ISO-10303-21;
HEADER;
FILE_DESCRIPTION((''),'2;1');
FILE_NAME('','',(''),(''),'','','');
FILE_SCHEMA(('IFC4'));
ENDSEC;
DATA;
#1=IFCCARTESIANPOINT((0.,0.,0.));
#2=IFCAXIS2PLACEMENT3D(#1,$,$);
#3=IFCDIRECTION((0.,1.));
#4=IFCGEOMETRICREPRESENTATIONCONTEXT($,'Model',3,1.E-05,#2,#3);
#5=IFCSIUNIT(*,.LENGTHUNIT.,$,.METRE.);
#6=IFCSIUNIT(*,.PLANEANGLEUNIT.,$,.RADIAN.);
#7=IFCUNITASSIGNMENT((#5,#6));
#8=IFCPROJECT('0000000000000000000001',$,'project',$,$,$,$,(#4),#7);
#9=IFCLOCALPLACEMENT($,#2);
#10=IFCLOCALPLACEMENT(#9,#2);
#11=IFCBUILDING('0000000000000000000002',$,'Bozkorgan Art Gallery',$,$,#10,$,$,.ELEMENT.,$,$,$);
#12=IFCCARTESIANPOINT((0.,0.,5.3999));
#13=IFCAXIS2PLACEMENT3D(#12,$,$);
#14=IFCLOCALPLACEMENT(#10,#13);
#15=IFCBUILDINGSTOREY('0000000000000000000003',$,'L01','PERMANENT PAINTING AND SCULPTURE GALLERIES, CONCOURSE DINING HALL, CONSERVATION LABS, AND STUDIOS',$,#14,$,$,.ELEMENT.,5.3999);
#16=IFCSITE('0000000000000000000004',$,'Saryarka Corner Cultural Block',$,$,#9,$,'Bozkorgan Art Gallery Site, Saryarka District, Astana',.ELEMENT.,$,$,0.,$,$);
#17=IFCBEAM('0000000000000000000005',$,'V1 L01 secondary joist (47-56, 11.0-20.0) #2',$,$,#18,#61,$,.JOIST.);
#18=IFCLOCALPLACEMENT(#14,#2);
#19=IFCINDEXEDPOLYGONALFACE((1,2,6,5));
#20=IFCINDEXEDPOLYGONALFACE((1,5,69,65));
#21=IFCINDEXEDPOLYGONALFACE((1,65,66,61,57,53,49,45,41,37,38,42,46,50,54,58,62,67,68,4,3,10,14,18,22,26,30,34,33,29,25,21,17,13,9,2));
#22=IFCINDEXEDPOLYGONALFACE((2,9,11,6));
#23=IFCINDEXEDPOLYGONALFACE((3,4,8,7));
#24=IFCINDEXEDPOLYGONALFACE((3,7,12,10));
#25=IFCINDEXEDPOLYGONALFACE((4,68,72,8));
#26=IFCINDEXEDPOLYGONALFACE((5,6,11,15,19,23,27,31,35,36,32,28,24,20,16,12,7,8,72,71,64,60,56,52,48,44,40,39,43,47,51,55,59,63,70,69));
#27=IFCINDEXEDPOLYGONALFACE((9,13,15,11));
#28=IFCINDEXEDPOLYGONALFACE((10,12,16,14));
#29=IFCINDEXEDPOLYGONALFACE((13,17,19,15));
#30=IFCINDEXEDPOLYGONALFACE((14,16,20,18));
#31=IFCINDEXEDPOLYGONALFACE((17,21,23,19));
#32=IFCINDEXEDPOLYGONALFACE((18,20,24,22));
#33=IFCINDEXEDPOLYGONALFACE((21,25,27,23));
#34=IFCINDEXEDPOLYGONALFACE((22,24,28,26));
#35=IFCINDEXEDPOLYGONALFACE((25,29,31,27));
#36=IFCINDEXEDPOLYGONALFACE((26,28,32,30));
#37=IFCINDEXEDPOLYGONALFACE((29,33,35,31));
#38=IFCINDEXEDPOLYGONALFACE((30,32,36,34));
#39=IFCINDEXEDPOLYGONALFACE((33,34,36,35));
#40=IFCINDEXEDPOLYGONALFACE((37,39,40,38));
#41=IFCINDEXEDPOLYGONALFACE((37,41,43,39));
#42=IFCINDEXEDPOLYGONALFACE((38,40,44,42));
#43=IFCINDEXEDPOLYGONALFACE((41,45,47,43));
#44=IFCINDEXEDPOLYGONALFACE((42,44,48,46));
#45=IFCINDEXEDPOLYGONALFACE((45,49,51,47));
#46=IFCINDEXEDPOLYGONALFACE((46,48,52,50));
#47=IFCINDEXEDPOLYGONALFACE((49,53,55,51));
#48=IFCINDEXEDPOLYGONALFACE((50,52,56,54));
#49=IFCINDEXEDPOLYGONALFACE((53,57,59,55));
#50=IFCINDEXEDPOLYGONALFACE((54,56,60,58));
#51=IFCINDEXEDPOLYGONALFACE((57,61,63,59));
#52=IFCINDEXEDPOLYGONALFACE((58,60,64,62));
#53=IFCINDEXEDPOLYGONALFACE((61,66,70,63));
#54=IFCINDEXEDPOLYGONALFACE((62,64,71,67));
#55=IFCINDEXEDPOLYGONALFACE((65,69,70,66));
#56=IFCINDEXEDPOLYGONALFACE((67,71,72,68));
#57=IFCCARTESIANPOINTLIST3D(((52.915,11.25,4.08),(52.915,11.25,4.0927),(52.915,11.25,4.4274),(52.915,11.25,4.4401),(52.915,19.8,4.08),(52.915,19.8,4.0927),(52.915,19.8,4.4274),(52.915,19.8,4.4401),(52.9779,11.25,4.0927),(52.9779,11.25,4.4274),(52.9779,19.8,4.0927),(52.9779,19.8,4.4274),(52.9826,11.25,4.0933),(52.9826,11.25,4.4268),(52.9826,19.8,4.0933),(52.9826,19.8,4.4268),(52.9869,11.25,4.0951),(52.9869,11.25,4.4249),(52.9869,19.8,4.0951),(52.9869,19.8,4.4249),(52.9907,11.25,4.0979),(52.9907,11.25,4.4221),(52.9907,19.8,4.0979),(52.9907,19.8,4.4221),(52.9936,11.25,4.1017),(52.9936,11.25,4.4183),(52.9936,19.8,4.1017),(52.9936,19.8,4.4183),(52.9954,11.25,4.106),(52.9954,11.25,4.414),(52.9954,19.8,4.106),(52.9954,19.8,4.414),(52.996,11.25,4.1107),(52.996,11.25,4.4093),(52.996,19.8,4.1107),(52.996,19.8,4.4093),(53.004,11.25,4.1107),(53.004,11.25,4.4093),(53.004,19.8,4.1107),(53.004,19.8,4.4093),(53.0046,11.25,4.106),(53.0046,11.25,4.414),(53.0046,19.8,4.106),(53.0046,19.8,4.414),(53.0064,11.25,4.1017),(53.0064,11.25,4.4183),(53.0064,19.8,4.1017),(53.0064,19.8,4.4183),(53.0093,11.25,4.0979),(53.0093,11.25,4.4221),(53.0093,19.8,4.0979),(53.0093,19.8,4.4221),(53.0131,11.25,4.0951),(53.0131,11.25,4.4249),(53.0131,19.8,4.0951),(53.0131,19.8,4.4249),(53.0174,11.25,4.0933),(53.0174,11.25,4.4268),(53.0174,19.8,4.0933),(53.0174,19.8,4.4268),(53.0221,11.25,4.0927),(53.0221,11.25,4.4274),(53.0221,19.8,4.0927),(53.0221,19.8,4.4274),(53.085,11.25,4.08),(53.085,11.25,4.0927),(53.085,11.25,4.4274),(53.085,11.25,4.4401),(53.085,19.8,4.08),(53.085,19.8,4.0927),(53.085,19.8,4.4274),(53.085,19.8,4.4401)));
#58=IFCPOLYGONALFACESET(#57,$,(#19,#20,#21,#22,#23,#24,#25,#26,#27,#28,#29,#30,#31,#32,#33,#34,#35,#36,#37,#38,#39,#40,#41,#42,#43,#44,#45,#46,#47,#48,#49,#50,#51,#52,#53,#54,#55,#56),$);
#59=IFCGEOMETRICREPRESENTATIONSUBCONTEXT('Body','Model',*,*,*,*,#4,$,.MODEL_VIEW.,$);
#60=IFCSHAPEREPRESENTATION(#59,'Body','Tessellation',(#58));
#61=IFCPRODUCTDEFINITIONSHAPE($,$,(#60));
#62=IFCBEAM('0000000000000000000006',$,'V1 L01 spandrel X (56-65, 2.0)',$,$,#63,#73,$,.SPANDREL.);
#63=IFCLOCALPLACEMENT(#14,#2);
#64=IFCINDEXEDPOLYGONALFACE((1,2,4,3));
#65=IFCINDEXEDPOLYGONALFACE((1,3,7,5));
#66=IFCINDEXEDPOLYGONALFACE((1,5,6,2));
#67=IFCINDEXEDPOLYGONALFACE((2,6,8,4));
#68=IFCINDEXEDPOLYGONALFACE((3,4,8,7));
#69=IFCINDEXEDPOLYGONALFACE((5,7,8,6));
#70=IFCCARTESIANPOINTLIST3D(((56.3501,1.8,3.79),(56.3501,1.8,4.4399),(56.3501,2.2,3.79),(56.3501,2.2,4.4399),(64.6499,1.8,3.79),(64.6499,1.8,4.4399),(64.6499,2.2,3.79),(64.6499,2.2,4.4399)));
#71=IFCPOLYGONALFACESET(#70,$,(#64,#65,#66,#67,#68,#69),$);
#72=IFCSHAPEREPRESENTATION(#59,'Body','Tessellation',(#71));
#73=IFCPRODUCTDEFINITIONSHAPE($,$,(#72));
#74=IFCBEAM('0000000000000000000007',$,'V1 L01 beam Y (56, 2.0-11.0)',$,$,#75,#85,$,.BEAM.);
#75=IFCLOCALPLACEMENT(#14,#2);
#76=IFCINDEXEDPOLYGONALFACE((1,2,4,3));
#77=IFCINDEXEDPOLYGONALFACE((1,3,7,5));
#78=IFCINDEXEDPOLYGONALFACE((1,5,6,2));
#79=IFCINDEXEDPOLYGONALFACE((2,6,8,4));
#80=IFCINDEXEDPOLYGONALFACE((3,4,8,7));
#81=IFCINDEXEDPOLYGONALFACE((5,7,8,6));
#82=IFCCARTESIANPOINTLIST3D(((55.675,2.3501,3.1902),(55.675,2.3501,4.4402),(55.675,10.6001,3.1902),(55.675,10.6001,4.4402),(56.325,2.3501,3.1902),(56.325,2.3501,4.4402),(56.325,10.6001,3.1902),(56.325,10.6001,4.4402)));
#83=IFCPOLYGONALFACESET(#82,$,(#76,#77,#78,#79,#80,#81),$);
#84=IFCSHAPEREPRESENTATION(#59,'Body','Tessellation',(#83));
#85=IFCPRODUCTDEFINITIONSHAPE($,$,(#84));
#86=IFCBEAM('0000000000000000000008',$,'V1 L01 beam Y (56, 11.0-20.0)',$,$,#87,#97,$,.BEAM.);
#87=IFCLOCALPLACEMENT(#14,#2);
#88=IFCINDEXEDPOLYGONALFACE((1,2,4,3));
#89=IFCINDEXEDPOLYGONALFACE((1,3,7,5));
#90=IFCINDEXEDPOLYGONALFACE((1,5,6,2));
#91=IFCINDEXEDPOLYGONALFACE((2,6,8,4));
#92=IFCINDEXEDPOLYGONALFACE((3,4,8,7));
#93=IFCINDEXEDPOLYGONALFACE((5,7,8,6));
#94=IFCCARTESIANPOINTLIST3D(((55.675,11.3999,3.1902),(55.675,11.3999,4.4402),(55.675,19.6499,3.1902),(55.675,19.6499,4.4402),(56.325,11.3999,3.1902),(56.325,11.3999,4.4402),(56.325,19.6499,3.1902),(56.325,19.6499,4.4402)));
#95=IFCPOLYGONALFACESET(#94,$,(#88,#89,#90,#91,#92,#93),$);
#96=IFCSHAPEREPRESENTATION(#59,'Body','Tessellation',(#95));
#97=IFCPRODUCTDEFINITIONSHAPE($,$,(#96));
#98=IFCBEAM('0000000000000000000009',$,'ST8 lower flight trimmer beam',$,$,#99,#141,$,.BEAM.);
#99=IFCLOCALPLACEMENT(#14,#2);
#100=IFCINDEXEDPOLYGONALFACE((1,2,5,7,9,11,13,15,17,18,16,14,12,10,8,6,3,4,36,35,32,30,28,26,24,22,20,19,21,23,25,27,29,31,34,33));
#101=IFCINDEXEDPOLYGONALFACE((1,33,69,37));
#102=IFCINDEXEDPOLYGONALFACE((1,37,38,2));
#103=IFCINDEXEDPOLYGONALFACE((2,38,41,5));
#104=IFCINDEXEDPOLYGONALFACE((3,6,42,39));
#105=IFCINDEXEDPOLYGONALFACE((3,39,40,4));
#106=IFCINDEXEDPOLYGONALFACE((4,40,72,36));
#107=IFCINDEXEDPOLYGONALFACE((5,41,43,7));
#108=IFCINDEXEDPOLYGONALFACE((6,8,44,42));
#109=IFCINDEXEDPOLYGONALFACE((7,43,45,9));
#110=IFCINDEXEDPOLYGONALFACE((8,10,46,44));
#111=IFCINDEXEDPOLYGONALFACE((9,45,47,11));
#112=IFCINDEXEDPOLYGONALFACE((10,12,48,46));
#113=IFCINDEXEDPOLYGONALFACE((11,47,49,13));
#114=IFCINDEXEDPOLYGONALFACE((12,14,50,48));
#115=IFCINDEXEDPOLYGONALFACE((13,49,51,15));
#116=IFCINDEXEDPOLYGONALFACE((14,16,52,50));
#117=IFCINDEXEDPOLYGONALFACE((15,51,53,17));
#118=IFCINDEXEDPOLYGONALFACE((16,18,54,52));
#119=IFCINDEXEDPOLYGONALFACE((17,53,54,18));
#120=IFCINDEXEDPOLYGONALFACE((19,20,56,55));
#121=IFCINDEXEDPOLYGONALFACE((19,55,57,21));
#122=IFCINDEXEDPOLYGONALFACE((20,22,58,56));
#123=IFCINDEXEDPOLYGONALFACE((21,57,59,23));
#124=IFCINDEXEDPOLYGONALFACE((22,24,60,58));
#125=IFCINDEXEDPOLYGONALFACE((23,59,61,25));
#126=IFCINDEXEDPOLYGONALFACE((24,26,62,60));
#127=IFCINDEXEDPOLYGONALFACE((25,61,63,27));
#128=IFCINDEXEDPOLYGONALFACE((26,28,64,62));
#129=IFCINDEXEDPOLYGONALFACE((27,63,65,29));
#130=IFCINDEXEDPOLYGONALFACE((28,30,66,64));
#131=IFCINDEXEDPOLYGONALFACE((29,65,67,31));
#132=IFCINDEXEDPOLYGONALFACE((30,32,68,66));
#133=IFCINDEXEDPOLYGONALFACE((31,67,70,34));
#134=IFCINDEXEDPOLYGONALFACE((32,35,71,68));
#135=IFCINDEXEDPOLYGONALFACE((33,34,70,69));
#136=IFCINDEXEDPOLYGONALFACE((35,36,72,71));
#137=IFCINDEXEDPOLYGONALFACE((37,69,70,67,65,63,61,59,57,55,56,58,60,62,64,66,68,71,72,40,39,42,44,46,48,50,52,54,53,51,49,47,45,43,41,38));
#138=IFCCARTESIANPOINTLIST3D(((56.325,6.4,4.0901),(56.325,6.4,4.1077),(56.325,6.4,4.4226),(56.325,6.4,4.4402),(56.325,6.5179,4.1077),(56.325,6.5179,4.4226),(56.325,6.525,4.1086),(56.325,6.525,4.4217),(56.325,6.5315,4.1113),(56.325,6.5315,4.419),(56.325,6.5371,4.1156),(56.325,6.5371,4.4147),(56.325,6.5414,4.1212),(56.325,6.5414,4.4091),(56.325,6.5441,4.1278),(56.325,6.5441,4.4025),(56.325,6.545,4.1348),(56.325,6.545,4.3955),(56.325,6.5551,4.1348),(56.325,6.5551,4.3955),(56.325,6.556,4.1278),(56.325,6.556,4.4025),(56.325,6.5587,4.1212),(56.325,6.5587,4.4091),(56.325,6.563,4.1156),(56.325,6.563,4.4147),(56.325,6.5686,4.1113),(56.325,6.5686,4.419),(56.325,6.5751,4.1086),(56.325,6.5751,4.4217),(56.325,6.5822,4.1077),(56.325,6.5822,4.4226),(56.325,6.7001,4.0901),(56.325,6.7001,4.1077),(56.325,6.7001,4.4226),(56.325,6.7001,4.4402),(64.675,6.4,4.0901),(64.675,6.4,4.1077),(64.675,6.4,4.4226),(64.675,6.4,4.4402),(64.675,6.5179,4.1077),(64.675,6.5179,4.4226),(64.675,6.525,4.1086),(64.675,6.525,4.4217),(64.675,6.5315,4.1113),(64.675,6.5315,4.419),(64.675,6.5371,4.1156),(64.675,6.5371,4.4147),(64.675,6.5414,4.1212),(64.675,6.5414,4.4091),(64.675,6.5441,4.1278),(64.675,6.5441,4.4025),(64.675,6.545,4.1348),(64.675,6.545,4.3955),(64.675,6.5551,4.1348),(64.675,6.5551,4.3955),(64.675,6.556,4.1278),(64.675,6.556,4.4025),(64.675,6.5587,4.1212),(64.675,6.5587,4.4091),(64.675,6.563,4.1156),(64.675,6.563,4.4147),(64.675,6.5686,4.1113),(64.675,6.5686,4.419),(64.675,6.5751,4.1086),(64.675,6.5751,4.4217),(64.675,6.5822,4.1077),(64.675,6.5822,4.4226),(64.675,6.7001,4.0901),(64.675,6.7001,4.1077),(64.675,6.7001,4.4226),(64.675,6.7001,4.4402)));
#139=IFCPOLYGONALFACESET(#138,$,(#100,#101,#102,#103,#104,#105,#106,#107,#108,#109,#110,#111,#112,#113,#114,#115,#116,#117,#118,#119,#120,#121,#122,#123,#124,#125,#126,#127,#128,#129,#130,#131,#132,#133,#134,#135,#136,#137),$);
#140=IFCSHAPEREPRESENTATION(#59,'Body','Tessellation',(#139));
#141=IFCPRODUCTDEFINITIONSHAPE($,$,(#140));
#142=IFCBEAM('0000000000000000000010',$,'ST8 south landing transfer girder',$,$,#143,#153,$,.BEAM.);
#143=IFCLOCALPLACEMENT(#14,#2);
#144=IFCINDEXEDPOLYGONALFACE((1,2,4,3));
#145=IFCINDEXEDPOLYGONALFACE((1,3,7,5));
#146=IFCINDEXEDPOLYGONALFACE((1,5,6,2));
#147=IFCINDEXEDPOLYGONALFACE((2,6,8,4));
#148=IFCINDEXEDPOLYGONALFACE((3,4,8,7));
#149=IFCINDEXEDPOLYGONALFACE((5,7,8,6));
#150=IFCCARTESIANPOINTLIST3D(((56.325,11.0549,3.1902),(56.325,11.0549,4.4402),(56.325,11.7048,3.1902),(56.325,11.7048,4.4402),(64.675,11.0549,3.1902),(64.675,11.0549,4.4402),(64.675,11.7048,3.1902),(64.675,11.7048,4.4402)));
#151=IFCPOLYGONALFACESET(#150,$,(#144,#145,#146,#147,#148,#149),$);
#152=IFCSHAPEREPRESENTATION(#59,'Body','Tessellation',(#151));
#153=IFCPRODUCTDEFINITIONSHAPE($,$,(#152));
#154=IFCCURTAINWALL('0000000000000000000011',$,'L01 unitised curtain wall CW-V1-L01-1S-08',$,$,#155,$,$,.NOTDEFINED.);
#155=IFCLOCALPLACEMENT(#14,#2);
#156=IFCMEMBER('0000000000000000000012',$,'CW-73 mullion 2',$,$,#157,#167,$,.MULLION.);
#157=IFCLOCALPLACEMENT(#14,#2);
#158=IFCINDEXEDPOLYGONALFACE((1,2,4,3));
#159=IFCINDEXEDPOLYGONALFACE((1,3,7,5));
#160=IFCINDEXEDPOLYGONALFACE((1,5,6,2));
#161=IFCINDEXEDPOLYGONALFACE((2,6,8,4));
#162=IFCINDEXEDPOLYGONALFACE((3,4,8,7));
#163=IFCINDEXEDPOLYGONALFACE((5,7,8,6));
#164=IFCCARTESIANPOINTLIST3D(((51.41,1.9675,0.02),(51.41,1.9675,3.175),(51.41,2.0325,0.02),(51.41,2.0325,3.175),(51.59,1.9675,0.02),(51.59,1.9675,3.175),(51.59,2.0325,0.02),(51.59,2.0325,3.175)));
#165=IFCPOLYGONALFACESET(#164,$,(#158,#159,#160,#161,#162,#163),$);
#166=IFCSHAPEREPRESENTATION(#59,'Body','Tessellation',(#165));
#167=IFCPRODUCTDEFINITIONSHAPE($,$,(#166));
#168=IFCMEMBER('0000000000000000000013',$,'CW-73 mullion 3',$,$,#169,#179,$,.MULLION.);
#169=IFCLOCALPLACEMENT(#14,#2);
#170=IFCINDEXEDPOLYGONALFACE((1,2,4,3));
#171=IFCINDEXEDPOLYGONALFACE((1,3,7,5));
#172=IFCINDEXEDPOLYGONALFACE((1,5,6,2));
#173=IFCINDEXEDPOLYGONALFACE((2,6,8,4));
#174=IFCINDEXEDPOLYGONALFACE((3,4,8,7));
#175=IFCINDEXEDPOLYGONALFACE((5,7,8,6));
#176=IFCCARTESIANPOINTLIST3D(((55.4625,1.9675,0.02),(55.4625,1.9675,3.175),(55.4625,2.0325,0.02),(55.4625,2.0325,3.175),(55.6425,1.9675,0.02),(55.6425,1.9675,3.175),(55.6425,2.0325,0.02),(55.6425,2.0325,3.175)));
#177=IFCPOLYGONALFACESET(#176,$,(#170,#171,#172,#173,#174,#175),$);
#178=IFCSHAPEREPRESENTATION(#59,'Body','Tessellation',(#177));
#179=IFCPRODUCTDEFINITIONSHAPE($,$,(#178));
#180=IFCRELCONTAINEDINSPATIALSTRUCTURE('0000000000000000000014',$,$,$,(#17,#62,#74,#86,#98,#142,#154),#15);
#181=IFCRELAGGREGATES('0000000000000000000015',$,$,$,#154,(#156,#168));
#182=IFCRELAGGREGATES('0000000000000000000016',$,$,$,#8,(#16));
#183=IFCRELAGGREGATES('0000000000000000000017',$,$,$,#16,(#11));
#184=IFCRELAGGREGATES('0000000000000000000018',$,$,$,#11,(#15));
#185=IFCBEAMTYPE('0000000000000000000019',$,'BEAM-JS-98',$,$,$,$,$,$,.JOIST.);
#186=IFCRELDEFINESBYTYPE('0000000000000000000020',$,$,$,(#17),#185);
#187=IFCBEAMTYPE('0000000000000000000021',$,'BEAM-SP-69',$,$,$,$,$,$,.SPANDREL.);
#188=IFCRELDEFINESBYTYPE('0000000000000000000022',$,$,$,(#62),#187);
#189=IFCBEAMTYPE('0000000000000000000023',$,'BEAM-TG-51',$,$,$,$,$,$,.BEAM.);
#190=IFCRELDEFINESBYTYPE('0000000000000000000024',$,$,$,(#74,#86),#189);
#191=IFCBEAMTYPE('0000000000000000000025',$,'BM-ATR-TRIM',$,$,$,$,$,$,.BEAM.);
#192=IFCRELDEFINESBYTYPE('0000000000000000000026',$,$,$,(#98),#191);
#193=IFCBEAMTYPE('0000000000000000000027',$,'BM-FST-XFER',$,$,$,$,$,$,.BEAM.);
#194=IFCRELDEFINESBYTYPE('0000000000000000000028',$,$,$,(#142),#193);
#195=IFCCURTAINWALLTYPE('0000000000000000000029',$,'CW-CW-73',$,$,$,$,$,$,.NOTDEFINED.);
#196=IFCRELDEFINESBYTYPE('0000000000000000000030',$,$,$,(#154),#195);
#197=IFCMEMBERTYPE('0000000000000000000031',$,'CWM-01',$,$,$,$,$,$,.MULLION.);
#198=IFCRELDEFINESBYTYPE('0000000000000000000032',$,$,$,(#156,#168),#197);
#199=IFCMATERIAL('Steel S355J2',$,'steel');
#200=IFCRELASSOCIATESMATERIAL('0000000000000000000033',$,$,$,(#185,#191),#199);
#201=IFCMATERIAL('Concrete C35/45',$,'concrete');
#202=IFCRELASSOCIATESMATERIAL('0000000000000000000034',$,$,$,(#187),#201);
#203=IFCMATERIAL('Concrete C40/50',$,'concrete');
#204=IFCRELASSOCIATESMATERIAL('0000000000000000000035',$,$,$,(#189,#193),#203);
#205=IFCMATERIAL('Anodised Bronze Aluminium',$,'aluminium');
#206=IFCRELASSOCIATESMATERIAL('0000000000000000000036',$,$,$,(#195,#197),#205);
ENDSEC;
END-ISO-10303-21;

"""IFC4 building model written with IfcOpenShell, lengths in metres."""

from ifc_helpers import new_model, si_unit, direction, frame, origin, origin_2d, place, context, subcontext, project, spatial, rectangle, i_section, extrude, material, material_profile, profile_set, type_object, element, aggregate, save


model = new_model("IFC4")

# Units and contexts
model_context = context("Model", 3, precision=1e-05, world=origin(), true_north=direction((0.0, 1.0)))
body_context = subcontext(model_context, "Body", "Model", "MODEL_VIEW")
ifc_project = project(units=[si_unit("LENGTHUNIT", "METRE"), si_unit("PLANEANGLEUNIT", "RADIAN")], contexts=[model_context])

# Site, building, storey
site_placement = place(None, origin())
site = spatial("IfcSite", under=ifc_project, at=site_placement, Name="Saryarka Corner Cultural Block", LongName="Bozkorgan Art Gallery Site, Saryarka District, Astana", CompositionType="ELEMENT", RefElevation=0.0)
building_placement = place(site_placement, origin())
building = spatial("IfcBuilding", under=site, at=building_placement, Name="Bozkorgan Art Gallery", CompositionType="ELEMENT")
storey_placement = place(building_placement, frame((0.0, 0.0, 5.3999)))
storey = spatial("IfcBuildingStorey", under=building, at=storey_placement, Name="L01", Description="PERMANENT PAINTING AND SCULPTURE GALLERIES, CONCOURSE DINING HALL, CONSERVATION LABS, AND STUDIOS", CompositionType="ELEMENT", Elevation=5.3999)

# Shared definitions
ifc_material_1 = material(Name="Concrete C40/50", Category="concrete")

# Beams
ifc_material_2 = material(Name="Steel S355J2", Category="steel")
ifc_material_profile_1 = material_profile(ifc_material_2, i_section(OverallWidth=0.1699, OverallDepth=0.3601, WebThickness=0.0081, FlangeThickness=0.0127, FilletRadius=0.0181, at=origin_2d()), Name="IPE 360")
ifc_profile_set_1 = profile_set([ifc_material_profile_1], Name="Steel S355J2")
beam_type_1 = type_object("IfcBeamType", Name="BEAM-JS-98", PredefinedType="JOIST", material=ifc_profile_set_1)
for number, where, z_axis, x_axis, name in (
    (1, (53.0, 11.25, 4.26), (0.0, 1.0, 0.0), (-1.0, 0.0, 0.0), "V1 L01 secondary joist (47-56, 11.0-20.0) #2"),
):
    element("IfcBeam", number, at=place(storey_placement, frame(where, z_axis=z_axis, x_axis=x_axis)), inside=storey, type_object=beam_type_1, Name=name, PredefinedType="JOIST", context=body_context, shape_type="SweptSolid", body=[
        extrude(i_section(OverallWidth=0.1699, OverallDepth=0.3601, WebThickness=0.0081, FlangeThickness=0.0127, FilletRadius=0.0181, at=origin_2d()), origin(), (0.0, 0.0, 1.0), 8.55),
    ])
ifc_material_3 = material(Name="Concrete C35/45", Category="concrete")
ifc_material_profile_2 = material_profile(ifc_material_3, rectangle(XDim=0.3999, YDim=0.6499, at=origin_2d()), Name="RC 400x650")
ifc_profile_set_2 = profile_set([ifc_material_profile_2], Name="Concrete C35/45")
beam_type_2 = type_object("IfcBeamType", Name="BEAM-SP-69", PredefinedType="SPANDREL", material=ifc_profile_set_2)
beam_1_placement = place(storey_placement, frame((56.3501, 2.0, 4.115), z_axis=(1.0, 0.0, 0.0), x_axis=(0.0, 1.0, 0.0)))
element("IfcBeam", 2, at=beam_1_placement, inside=storey, type_object=beam_type_2, Name="V1 L01 spandrel X (56-65, 2.0)", PredefinedType="SPANDREL", context=body_context, shape_type="SweptSolid", body=[
    extrude(rectangle(XDim=0.3999, YDim=0.6499, at=origin_2d()), origin(), (0.0, 0.0, 1.0), 8.2998),
])
ifc_material_profile_3 = material_profile(ifc_material_1, rectangle(XDim=0.6499, YDim=1.25, at=origin_2d()), Name="RC 650x1250")
ifc_profile_set_3 = profile_set([ifc_material_profile_3], Name="Concrete C40/50")
beam_type_3 = type_object("IfcBeamType", Name="BEAM-TG-51", PredefinedType="BEAM", material=ifc_profile_set_3)
for number, where, z_axis, x_axis, name in (
    (3, (56.0, 2.3501, 3.8152), (0.0, 1.0, 0.0), (-1.0, 0.0, 0.0), "V1 L01 beam Y (56, 2.0-11.0)"),
    (4, (56.0, 11.3999, 3.8152), (0.0, 1.0, 0.0), (-1.0, 0.0, 0.0), "V1 L01 beam Y (56, 11.0-20.0)"),
):
    element("IfcBeam", number, at=place(storey_placement, frame(where, z_axis=z_axis, x_axis=x_axis)), inside=storey, type_object=beam_type_3, Name=name, PredefinedType="BEAM", context=body_context, shape_type="SweptSolid", body=[
        extrude(rectangle(XDim=0.6499, YDim=1.25, at=origin_2d()), origin(), (0.0, 0.0, 1.0), 8.25),
    ])
ifc_material_profile_4 = material_profile(ifc_material_2, i_section(OverallWidth=0.3, OverallDepth=0.3501, WebThickness=0.01, FlangeThickness=0.0176, FilletRadius=0.0271, at=origin_2d()), Name="HEA 360")
ifc_profile_set_4 = profile_set([ifc_material_profile_4], Name="Steel S355J2")
beam_type_4 = type_object("IfcBeamType", Name="BM-ATR-TRIM", PredefinedType="BEAM", material=ifc_profile_set_4)
beam_2_placement = place(storey_placement, frame((56.325, 6.55, 4.2651), z_axis=(1.0, 0.0, 0.0), x_axis=(0.0, 1.0, 0.0)))
element("IfcBeam", 5, at=beam_2_placement, inside=storey, type_object=beam_type_4, Name="ST8 lower flight trimmer beam", PredefinedType="BEAM", context=body_context, shape_type="SweptSolid", body=[
    extrude(i_section(OverallWidth=0.3, OverallDepth=0.3501, WebThickness=0.01, FlangeThickness=0.0176, FilletRadius=0.0271, at=origin_2d()), origin(), (0.0, 0.0, 1.0), 8.3501),
])
ifc_material_profile_5 = material_profile(ifc_material_1, rectangle(XDim=0.6499, YDim=1.25, at=origin_2d()), Name="RC 650x1250")
ifc_profile_set_5 = profile_set([ifc_material_profile_5], Name="Concrete C40/50")
beam_type_5 = type_object("IfcBeamType", Name="BM-FST-XFER", PredefinedType="BEAM", material=ifc_profile_set_5)
beam_3_placement = place(storey_placement, frame((56.325, 11.3799, 3.8152), z_axis=(1.0, 0.0, 0.0), x_axis=(0.0, 1.0, 0.0)))
element("IfcBeam", 6, at=beam_3_placement, inside=storey, type_object=beam_type_5, Name="ST8 south landing transfer girder", PredefinedType="BEAM", context=body_context, shape_type="SweptSolid", body=[
    extrude(rectangle(XDim=0.6499, YDim=1.25, at=origin_2d()), origin(), (0.0, 0.0, 1.0), 8.3501),
])

# Curtain wall, members
ifc_material_4 = material(Name="Anodised Bronze Aluminium", Category="aluminium")
curtain_wall_type = type_object("IfcCurtainWallType", Name="CW-CW-73", PredefinedType="NOTDEFINED", material=ifc_material_4)
curtain_wall_1_placement = place(storey_placement, origin())
curtain_wall_1 = element("IfcCurtainWall", 7, at=curtain_wall_1_placement, inside=storey, type_object=curtain_wall_type, Name="L01 unitised curtain wall CW-V1-L01-1S-08", PredefinedType="NOTDEFINED")
ifc_material_profile_6 = material_profile(ifc_material_4, rectangle(XDim=0.0649, YDim=0.1799, at=origin_2d()), Name="ALU MULLION 65x180")
ifc_profile_set_6 = profile_set([ifc_material_profile_6], Name="Anodised Bronze Aluminium")
member_type_1 = type_object("IfcMemberType", Name="CWM-01", PredefinedType="MULLION", material=ifc_profile_set_6)
member_1_placement = place(storey_placement, frame((51.5, 2.0, 0.02), z_axis=(0.0, 0.0, 1.0), x_axis=(0.0, 1.0, 0.0)))
member_1 = element("IfcMember", 8, at=member_1_placement, type_object=member_type_1, Name="CW-73 mullion 2", PredefinedType="MULLION", context=body_context, shape_type="SweptSolid", body=[
    extrude(rectangle(XDim=0.0649, YDim=0.1799, at=origin_2d()), origin(), (0.0, 0.0, 1.0), 3.155),
])
member_2_placement = place(storey_placement, frame((55.5525, 2.0, 0.02), z_axis=(0.0, 0.0, 1.0), x_axis=(0.0, 1.0, 0.0)))
member_2 = element("IfcMember", 9, at=member_2_placement, type_object=member_type_1, Name="CW-73 mullion 3", PredefinedType="MULLION", context=body_context, shape_type="SweptSolid", body=[
    extrude(rectangle(XDim=0.0649, YDim=0.1799, at=origin_2d()), origin(), (0.0, 0.0, 1.0), 3.155),
])

aggregate(curtain_wall_1, [member_1, member_2])

save(model, "model.ifc")
